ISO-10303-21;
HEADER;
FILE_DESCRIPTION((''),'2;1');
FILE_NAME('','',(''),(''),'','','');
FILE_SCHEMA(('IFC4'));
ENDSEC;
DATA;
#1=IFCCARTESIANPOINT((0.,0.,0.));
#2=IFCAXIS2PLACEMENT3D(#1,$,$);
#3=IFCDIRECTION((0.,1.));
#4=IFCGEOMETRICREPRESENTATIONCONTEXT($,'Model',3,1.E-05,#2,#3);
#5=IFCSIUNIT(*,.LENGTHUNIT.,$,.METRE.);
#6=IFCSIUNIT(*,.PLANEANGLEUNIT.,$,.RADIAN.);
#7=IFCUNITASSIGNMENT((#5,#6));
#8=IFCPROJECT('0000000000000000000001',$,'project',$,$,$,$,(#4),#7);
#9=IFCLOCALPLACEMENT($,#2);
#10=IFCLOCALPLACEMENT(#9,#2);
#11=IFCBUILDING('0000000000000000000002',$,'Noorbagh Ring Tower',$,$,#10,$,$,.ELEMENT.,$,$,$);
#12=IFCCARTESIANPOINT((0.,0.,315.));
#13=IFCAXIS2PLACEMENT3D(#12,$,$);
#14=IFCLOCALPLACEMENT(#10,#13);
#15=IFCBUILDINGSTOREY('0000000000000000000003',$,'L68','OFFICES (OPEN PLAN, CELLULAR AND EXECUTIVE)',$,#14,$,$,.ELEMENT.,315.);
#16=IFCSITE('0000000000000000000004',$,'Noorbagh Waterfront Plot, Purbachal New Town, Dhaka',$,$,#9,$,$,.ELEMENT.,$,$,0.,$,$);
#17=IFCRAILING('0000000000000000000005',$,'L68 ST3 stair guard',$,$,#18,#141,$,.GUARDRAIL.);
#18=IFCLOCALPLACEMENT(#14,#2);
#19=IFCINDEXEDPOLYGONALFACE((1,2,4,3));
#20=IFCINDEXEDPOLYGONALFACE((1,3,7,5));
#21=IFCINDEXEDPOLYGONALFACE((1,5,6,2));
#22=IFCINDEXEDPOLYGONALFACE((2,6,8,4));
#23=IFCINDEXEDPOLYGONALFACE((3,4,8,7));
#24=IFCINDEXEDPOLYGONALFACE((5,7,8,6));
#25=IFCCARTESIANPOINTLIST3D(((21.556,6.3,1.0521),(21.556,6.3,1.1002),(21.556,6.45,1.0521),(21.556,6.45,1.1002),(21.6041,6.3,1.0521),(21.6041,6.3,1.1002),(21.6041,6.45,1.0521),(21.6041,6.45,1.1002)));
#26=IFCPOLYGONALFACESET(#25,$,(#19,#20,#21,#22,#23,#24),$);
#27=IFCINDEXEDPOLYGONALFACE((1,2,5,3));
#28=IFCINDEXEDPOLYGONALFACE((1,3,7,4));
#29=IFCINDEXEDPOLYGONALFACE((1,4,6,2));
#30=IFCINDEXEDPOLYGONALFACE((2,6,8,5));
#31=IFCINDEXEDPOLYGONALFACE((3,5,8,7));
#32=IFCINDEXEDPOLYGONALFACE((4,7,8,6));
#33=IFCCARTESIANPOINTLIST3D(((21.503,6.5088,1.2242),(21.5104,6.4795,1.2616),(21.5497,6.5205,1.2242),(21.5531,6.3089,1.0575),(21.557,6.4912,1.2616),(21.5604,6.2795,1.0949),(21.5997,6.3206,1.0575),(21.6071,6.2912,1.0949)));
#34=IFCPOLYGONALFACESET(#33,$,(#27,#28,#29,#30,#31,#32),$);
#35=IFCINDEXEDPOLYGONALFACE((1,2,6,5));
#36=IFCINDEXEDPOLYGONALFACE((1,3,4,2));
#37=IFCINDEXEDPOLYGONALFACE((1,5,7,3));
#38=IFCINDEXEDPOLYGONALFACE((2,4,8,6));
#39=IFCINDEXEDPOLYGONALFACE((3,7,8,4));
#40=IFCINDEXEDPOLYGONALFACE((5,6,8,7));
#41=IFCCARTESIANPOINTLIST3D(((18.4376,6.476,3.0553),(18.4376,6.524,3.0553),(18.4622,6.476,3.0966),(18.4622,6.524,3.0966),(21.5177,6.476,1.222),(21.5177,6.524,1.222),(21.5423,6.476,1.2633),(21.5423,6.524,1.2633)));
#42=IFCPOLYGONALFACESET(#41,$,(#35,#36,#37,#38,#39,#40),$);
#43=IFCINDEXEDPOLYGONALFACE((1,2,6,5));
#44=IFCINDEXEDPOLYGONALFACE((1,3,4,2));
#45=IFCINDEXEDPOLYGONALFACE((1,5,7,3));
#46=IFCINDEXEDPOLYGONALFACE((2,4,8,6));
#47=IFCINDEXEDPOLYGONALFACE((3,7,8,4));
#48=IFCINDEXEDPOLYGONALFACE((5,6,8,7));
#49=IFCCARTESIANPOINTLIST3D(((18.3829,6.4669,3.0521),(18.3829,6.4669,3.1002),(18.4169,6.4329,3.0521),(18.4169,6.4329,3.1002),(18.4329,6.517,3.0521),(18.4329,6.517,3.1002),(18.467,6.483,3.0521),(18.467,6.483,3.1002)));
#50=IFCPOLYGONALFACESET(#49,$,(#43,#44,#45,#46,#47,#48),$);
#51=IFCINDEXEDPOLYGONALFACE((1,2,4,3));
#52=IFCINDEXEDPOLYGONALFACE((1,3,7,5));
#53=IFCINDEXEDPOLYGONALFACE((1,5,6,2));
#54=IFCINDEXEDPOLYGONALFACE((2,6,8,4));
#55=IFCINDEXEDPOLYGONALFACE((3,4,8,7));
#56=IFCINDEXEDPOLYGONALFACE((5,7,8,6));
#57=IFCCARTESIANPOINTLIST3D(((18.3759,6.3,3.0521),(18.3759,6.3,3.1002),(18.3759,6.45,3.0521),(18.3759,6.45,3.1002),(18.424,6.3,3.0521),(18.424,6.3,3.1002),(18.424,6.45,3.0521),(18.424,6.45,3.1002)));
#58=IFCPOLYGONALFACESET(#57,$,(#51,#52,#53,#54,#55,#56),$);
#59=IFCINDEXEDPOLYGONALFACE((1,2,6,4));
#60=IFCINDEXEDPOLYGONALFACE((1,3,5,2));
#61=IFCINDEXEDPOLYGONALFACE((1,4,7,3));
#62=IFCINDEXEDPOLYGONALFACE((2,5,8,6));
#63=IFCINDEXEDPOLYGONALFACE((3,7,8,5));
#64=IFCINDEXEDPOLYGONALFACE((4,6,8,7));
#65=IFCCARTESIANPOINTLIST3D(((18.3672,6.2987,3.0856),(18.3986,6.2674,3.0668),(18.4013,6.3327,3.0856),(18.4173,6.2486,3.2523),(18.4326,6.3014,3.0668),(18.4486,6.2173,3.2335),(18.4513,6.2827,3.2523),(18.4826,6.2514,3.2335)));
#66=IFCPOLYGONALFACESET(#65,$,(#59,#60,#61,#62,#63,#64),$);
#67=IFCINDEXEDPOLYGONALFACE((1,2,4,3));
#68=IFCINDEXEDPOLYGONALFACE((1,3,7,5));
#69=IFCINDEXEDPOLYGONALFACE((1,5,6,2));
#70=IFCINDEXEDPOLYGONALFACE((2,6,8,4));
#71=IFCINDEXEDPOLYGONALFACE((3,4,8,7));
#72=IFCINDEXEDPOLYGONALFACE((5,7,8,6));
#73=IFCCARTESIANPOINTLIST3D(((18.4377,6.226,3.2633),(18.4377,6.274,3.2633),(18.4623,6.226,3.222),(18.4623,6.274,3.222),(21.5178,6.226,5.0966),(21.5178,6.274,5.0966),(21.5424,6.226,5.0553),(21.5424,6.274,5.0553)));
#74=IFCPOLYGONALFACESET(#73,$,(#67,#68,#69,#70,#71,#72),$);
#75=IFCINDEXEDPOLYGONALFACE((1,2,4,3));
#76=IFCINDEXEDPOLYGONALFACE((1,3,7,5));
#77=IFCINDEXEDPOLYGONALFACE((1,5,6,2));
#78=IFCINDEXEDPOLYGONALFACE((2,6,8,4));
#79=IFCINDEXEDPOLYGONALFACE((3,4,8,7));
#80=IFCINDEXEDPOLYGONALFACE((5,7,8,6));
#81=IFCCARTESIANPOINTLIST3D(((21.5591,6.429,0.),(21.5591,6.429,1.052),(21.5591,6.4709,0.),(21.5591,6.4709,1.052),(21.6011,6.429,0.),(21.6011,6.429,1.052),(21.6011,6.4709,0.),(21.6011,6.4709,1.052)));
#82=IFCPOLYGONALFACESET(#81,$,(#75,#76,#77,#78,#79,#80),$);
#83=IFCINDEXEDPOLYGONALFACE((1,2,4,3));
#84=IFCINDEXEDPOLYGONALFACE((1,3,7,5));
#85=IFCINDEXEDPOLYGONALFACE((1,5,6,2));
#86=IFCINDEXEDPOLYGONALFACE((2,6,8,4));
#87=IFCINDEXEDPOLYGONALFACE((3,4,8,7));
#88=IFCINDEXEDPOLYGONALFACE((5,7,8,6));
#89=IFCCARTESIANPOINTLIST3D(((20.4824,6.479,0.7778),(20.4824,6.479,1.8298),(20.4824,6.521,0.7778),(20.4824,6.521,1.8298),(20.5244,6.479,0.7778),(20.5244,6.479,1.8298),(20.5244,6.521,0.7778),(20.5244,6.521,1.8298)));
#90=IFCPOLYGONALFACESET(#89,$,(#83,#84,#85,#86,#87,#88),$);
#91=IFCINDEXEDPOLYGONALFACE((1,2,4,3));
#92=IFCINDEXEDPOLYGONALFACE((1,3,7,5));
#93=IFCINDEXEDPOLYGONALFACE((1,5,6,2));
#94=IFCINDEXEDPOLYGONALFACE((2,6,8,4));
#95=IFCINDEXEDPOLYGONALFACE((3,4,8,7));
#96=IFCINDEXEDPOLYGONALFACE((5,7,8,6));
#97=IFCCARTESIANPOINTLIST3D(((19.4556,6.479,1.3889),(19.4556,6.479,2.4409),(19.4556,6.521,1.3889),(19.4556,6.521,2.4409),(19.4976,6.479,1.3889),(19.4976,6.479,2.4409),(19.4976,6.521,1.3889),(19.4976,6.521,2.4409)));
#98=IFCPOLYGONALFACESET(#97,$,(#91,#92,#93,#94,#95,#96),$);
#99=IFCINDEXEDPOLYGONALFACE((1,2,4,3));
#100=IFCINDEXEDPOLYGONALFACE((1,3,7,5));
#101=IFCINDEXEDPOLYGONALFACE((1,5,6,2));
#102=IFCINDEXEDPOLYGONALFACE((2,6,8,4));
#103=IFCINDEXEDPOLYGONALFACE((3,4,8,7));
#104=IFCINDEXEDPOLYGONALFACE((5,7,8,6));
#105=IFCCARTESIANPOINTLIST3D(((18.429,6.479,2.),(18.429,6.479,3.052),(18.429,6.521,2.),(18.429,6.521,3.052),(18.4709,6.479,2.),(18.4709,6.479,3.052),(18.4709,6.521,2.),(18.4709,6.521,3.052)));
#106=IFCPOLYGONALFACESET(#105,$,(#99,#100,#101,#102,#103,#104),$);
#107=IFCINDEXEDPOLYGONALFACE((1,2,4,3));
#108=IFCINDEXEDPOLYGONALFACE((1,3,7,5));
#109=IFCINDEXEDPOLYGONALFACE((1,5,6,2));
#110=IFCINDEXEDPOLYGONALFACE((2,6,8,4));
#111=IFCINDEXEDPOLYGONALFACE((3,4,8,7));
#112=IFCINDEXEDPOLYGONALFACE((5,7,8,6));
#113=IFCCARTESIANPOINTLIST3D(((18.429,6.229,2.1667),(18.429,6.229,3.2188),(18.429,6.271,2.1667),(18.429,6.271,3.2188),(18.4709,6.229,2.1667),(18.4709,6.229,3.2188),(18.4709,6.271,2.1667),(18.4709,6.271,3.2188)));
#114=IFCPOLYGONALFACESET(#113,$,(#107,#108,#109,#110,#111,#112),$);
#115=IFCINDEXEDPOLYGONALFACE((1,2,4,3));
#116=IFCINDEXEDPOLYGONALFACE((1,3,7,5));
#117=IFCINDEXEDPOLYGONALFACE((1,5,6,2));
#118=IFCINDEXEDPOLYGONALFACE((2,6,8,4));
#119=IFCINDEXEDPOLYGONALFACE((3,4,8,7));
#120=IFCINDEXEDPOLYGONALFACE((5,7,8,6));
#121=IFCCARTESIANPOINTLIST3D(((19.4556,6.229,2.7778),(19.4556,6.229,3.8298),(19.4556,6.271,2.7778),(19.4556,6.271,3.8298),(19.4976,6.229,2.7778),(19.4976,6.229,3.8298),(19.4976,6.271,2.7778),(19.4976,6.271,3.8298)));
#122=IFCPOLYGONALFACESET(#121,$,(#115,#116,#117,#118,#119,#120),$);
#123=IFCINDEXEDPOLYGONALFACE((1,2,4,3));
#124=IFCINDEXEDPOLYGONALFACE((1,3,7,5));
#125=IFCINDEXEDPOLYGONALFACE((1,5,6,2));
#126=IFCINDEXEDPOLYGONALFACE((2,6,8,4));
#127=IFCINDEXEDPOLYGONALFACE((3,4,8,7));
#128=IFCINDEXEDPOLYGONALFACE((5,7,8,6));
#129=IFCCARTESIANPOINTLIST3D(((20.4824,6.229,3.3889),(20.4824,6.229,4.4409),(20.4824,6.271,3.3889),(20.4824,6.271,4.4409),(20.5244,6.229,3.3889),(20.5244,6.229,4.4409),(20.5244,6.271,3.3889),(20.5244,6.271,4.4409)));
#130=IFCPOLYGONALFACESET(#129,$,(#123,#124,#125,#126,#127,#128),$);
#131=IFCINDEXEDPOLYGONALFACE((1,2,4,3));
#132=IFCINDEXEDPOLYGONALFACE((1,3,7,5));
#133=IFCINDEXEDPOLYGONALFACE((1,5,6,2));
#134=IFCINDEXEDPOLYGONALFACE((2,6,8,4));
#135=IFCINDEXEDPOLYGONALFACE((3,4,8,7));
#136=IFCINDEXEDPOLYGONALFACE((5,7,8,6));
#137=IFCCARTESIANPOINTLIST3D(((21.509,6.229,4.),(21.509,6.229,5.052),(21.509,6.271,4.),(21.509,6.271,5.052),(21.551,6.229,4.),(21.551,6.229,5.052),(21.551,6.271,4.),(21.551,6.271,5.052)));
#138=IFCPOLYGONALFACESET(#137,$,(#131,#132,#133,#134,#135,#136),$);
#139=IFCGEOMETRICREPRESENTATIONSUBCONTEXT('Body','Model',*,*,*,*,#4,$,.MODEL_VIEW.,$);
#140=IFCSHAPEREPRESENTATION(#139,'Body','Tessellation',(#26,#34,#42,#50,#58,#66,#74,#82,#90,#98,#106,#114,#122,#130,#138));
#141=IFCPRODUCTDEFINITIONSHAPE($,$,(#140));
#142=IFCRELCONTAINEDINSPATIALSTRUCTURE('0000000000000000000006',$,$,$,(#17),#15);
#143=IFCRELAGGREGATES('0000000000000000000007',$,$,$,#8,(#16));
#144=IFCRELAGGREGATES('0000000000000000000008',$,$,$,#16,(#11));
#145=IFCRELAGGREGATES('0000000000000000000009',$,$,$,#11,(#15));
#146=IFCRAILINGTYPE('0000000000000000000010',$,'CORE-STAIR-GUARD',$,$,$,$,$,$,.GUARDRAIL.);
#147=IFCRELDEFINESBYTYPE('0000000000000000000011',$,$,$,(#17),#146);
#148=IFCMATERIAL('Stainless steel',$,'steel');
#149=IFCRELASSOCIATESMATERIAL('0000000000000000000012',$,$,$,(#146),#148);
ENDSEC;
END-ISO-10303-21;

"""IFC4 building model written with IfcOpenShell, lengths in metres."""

from ifc_helpers import new_model, si_unit, direction, frame, origin, origin_2d, place, context, subcontext, project, spatial, rectangle, extrude, material, type_object, element, save


model = new_model("IFC4")

# Units and contexts
model_context = context("Model", 3, precision=1e-05, world=origin(), true_north=direction((0.0, 1.0)))
body_context = subcontext(model_context, "Body", "Model", "MODEL_VIEW")
ifc_project = project(units=[si_unit("LENGTHUNIT", "METRE"), si_unit("PLANEANGLEUNIT", "RADIAN")], contexts=[model_context])

# Site, building, storey
site_placement = place(None, origin())
site = spatial("IfcSite", under=ifc_project, at=site_placement, Name="Noorbagh Waterfront Plot, Purbachal New Town, Dhaka", CompositionType="ELEMENT", RefElevation=0.0)
building_placement = place(site_placement, origin())
building = spatial("IfcBuilding", under=site, at=building_placement, Name="Noorbagh Ring Tower", CompositionType="ELEMENT")
storey_placement = place(building_placement, frame((0.0, 0.0, 315.0)))
storey = spatial("IfcBuildingStorey", under=building, at=storey_placement, Name="L68", Description="OFFICES (OPEN PLAN, CELLULAR AND EXECUTIVE)", CompositionType="ELEMENT", Elevation=315.0)

# Railing
ifc_material_1 = material(Name="Stainless steel", Category="steel")
railing_type_1 = type_object("IfcRailingType", Name="CORE-STAIR-GUARD", PredefinedType="GUARDRAIL", material=ifc_material_1)
railing_1_placement = place(storey_placement, frame((21.5801, 6.45, 0.0)))
element("IfcRailing", 1, at=railing_1_placement, inside=storey, type_object=railing_type_1, Name="L68 ST3 stair guard", PredefinedType="GUARDRAIL", context=body_context, shape_type="SweptSolid", body=[
    extrude(rectangle(XDim=0.0481, YDim=0.0481, at=origin_2d()), frame((0.0, 0.0, 1.0762), z_axis=(0.0, -1.0, 0.0), x_axis=(1.0, 0.0, 0.0)), (0.0, 0.0, 1.0), 0.1499),
    extrude(rectangle(XDim=0.0481, YDim=0.0481, at=origin_2d()), frame((0.0, -0.1499, 1.0762), z_axis=(-0.188776, 0.754182, 0.628946), x_axis=(-0.970073, -0.242814, 0.0)), (0.0, 0.0, 1.0), 0.2651),
    extrude(rectangle(XDim=0.0481, YDim=0.0481, at=origin_2d()), frame((-0.05, 0.05, 1.2427), z_axis=(-0.859309, 0.0, 0.511458), x_axis=(0.0, -1.0, 0.0)), (0.0, 0.0, 1.0), 3.5845),
    extrude(rectangle(XDim=0.0481, YDim=0.0481, at=origin_2d()), frame((-3.1301, 0.05, 3.0762), z_axis=(-0.707107, -0.707107, 0.0), x_axis=(0.707107, -0.707107, 0.0)), (0.0, 0.0, 1.0), 0.0708),
    extrude(rectangle(XDim=0.0481, YDim=0.0481, at=origin_2d()), frame((-3.1802, 0.0, 3.0762), z_axis=(0.0, -1.0, 0.0), x_axis=(1.0, 0.0, 0.0)), (0.0, 0.0, 1.0), 0.1499),
    extrude(rectangle(XDim=0.0481, YDim=0.0481, at=origin_2d()), frame((-3.1802, -0.1499, 3.0762), z_axis=(0.276287, -0.276287, 0.920506), x_axis=(0.707107, 0.707107, 0.0)), (0.0, 0.0, 1.0), 0.1812),
    extrude(rectangle(XDim=0.0481, YDim=0.0481, at=origin_2d()), frame((-3.1301, -0.2, 3.2427), z_axis=(0.859309, 0.0, 0.511458), x_axis=(0.0, 1.0, 0.0)), (0.0, 0.0, 1.0), 3.5845),
    extrude(rectangle(XDim=0.042, YDim=0.042, at=origin_2d()), origin(), (0.0, 0.0, 1.0), 1.052),
    extrude(rectangle(XDim=0.042, YDim=0.042, at=origin_2d()), frame((-1.0767, 0.05, 0.7778)), (0.0, 0.0, 1.0), 1.052),
    extrude(rectangle(XDim=0.042, YDim=0.042, at=origin_2d()), frame((-2.1035, 0.05, 1.3889)), (0.0, 0.0, 1.0), 1.052),
    extrude(rectangle(XDim=0.042, YDim=0.042, at=origin_2d()), frame((-3.1301, 0.05, 2.0)), (0.0, 0.0, 1.0), 1.052),
    extrude(rectangle(XDim=0.042, YDim=0.042, at=origin_2d()), frame((-3.1301, -0.2, 2.1667)), (0.0, 0.0, 1.0), 1.052),
    extrude(rectangle(XDim=0.042, YDim=0.042, at=origin_2d()), frame((-2.1035, -0.2, 2.7778)), (0.0, 0.0, 1.0), 1.052),
    extrude(rectangle(XDim=0.042, YDim=0.042, at=origin_2d()), frame((-1.0767, -0.2, 3.3889)), (0.0, 0.0, 1.0), 1.052),
    extrude(rectangle(XDim=0.042, YDim=0.042, at=origin_2d()), frame((-0.05, -0.2, 4.0)), (0.0, 0.0, 1.0), 1.052),
])

save(model, "model.ifc")
